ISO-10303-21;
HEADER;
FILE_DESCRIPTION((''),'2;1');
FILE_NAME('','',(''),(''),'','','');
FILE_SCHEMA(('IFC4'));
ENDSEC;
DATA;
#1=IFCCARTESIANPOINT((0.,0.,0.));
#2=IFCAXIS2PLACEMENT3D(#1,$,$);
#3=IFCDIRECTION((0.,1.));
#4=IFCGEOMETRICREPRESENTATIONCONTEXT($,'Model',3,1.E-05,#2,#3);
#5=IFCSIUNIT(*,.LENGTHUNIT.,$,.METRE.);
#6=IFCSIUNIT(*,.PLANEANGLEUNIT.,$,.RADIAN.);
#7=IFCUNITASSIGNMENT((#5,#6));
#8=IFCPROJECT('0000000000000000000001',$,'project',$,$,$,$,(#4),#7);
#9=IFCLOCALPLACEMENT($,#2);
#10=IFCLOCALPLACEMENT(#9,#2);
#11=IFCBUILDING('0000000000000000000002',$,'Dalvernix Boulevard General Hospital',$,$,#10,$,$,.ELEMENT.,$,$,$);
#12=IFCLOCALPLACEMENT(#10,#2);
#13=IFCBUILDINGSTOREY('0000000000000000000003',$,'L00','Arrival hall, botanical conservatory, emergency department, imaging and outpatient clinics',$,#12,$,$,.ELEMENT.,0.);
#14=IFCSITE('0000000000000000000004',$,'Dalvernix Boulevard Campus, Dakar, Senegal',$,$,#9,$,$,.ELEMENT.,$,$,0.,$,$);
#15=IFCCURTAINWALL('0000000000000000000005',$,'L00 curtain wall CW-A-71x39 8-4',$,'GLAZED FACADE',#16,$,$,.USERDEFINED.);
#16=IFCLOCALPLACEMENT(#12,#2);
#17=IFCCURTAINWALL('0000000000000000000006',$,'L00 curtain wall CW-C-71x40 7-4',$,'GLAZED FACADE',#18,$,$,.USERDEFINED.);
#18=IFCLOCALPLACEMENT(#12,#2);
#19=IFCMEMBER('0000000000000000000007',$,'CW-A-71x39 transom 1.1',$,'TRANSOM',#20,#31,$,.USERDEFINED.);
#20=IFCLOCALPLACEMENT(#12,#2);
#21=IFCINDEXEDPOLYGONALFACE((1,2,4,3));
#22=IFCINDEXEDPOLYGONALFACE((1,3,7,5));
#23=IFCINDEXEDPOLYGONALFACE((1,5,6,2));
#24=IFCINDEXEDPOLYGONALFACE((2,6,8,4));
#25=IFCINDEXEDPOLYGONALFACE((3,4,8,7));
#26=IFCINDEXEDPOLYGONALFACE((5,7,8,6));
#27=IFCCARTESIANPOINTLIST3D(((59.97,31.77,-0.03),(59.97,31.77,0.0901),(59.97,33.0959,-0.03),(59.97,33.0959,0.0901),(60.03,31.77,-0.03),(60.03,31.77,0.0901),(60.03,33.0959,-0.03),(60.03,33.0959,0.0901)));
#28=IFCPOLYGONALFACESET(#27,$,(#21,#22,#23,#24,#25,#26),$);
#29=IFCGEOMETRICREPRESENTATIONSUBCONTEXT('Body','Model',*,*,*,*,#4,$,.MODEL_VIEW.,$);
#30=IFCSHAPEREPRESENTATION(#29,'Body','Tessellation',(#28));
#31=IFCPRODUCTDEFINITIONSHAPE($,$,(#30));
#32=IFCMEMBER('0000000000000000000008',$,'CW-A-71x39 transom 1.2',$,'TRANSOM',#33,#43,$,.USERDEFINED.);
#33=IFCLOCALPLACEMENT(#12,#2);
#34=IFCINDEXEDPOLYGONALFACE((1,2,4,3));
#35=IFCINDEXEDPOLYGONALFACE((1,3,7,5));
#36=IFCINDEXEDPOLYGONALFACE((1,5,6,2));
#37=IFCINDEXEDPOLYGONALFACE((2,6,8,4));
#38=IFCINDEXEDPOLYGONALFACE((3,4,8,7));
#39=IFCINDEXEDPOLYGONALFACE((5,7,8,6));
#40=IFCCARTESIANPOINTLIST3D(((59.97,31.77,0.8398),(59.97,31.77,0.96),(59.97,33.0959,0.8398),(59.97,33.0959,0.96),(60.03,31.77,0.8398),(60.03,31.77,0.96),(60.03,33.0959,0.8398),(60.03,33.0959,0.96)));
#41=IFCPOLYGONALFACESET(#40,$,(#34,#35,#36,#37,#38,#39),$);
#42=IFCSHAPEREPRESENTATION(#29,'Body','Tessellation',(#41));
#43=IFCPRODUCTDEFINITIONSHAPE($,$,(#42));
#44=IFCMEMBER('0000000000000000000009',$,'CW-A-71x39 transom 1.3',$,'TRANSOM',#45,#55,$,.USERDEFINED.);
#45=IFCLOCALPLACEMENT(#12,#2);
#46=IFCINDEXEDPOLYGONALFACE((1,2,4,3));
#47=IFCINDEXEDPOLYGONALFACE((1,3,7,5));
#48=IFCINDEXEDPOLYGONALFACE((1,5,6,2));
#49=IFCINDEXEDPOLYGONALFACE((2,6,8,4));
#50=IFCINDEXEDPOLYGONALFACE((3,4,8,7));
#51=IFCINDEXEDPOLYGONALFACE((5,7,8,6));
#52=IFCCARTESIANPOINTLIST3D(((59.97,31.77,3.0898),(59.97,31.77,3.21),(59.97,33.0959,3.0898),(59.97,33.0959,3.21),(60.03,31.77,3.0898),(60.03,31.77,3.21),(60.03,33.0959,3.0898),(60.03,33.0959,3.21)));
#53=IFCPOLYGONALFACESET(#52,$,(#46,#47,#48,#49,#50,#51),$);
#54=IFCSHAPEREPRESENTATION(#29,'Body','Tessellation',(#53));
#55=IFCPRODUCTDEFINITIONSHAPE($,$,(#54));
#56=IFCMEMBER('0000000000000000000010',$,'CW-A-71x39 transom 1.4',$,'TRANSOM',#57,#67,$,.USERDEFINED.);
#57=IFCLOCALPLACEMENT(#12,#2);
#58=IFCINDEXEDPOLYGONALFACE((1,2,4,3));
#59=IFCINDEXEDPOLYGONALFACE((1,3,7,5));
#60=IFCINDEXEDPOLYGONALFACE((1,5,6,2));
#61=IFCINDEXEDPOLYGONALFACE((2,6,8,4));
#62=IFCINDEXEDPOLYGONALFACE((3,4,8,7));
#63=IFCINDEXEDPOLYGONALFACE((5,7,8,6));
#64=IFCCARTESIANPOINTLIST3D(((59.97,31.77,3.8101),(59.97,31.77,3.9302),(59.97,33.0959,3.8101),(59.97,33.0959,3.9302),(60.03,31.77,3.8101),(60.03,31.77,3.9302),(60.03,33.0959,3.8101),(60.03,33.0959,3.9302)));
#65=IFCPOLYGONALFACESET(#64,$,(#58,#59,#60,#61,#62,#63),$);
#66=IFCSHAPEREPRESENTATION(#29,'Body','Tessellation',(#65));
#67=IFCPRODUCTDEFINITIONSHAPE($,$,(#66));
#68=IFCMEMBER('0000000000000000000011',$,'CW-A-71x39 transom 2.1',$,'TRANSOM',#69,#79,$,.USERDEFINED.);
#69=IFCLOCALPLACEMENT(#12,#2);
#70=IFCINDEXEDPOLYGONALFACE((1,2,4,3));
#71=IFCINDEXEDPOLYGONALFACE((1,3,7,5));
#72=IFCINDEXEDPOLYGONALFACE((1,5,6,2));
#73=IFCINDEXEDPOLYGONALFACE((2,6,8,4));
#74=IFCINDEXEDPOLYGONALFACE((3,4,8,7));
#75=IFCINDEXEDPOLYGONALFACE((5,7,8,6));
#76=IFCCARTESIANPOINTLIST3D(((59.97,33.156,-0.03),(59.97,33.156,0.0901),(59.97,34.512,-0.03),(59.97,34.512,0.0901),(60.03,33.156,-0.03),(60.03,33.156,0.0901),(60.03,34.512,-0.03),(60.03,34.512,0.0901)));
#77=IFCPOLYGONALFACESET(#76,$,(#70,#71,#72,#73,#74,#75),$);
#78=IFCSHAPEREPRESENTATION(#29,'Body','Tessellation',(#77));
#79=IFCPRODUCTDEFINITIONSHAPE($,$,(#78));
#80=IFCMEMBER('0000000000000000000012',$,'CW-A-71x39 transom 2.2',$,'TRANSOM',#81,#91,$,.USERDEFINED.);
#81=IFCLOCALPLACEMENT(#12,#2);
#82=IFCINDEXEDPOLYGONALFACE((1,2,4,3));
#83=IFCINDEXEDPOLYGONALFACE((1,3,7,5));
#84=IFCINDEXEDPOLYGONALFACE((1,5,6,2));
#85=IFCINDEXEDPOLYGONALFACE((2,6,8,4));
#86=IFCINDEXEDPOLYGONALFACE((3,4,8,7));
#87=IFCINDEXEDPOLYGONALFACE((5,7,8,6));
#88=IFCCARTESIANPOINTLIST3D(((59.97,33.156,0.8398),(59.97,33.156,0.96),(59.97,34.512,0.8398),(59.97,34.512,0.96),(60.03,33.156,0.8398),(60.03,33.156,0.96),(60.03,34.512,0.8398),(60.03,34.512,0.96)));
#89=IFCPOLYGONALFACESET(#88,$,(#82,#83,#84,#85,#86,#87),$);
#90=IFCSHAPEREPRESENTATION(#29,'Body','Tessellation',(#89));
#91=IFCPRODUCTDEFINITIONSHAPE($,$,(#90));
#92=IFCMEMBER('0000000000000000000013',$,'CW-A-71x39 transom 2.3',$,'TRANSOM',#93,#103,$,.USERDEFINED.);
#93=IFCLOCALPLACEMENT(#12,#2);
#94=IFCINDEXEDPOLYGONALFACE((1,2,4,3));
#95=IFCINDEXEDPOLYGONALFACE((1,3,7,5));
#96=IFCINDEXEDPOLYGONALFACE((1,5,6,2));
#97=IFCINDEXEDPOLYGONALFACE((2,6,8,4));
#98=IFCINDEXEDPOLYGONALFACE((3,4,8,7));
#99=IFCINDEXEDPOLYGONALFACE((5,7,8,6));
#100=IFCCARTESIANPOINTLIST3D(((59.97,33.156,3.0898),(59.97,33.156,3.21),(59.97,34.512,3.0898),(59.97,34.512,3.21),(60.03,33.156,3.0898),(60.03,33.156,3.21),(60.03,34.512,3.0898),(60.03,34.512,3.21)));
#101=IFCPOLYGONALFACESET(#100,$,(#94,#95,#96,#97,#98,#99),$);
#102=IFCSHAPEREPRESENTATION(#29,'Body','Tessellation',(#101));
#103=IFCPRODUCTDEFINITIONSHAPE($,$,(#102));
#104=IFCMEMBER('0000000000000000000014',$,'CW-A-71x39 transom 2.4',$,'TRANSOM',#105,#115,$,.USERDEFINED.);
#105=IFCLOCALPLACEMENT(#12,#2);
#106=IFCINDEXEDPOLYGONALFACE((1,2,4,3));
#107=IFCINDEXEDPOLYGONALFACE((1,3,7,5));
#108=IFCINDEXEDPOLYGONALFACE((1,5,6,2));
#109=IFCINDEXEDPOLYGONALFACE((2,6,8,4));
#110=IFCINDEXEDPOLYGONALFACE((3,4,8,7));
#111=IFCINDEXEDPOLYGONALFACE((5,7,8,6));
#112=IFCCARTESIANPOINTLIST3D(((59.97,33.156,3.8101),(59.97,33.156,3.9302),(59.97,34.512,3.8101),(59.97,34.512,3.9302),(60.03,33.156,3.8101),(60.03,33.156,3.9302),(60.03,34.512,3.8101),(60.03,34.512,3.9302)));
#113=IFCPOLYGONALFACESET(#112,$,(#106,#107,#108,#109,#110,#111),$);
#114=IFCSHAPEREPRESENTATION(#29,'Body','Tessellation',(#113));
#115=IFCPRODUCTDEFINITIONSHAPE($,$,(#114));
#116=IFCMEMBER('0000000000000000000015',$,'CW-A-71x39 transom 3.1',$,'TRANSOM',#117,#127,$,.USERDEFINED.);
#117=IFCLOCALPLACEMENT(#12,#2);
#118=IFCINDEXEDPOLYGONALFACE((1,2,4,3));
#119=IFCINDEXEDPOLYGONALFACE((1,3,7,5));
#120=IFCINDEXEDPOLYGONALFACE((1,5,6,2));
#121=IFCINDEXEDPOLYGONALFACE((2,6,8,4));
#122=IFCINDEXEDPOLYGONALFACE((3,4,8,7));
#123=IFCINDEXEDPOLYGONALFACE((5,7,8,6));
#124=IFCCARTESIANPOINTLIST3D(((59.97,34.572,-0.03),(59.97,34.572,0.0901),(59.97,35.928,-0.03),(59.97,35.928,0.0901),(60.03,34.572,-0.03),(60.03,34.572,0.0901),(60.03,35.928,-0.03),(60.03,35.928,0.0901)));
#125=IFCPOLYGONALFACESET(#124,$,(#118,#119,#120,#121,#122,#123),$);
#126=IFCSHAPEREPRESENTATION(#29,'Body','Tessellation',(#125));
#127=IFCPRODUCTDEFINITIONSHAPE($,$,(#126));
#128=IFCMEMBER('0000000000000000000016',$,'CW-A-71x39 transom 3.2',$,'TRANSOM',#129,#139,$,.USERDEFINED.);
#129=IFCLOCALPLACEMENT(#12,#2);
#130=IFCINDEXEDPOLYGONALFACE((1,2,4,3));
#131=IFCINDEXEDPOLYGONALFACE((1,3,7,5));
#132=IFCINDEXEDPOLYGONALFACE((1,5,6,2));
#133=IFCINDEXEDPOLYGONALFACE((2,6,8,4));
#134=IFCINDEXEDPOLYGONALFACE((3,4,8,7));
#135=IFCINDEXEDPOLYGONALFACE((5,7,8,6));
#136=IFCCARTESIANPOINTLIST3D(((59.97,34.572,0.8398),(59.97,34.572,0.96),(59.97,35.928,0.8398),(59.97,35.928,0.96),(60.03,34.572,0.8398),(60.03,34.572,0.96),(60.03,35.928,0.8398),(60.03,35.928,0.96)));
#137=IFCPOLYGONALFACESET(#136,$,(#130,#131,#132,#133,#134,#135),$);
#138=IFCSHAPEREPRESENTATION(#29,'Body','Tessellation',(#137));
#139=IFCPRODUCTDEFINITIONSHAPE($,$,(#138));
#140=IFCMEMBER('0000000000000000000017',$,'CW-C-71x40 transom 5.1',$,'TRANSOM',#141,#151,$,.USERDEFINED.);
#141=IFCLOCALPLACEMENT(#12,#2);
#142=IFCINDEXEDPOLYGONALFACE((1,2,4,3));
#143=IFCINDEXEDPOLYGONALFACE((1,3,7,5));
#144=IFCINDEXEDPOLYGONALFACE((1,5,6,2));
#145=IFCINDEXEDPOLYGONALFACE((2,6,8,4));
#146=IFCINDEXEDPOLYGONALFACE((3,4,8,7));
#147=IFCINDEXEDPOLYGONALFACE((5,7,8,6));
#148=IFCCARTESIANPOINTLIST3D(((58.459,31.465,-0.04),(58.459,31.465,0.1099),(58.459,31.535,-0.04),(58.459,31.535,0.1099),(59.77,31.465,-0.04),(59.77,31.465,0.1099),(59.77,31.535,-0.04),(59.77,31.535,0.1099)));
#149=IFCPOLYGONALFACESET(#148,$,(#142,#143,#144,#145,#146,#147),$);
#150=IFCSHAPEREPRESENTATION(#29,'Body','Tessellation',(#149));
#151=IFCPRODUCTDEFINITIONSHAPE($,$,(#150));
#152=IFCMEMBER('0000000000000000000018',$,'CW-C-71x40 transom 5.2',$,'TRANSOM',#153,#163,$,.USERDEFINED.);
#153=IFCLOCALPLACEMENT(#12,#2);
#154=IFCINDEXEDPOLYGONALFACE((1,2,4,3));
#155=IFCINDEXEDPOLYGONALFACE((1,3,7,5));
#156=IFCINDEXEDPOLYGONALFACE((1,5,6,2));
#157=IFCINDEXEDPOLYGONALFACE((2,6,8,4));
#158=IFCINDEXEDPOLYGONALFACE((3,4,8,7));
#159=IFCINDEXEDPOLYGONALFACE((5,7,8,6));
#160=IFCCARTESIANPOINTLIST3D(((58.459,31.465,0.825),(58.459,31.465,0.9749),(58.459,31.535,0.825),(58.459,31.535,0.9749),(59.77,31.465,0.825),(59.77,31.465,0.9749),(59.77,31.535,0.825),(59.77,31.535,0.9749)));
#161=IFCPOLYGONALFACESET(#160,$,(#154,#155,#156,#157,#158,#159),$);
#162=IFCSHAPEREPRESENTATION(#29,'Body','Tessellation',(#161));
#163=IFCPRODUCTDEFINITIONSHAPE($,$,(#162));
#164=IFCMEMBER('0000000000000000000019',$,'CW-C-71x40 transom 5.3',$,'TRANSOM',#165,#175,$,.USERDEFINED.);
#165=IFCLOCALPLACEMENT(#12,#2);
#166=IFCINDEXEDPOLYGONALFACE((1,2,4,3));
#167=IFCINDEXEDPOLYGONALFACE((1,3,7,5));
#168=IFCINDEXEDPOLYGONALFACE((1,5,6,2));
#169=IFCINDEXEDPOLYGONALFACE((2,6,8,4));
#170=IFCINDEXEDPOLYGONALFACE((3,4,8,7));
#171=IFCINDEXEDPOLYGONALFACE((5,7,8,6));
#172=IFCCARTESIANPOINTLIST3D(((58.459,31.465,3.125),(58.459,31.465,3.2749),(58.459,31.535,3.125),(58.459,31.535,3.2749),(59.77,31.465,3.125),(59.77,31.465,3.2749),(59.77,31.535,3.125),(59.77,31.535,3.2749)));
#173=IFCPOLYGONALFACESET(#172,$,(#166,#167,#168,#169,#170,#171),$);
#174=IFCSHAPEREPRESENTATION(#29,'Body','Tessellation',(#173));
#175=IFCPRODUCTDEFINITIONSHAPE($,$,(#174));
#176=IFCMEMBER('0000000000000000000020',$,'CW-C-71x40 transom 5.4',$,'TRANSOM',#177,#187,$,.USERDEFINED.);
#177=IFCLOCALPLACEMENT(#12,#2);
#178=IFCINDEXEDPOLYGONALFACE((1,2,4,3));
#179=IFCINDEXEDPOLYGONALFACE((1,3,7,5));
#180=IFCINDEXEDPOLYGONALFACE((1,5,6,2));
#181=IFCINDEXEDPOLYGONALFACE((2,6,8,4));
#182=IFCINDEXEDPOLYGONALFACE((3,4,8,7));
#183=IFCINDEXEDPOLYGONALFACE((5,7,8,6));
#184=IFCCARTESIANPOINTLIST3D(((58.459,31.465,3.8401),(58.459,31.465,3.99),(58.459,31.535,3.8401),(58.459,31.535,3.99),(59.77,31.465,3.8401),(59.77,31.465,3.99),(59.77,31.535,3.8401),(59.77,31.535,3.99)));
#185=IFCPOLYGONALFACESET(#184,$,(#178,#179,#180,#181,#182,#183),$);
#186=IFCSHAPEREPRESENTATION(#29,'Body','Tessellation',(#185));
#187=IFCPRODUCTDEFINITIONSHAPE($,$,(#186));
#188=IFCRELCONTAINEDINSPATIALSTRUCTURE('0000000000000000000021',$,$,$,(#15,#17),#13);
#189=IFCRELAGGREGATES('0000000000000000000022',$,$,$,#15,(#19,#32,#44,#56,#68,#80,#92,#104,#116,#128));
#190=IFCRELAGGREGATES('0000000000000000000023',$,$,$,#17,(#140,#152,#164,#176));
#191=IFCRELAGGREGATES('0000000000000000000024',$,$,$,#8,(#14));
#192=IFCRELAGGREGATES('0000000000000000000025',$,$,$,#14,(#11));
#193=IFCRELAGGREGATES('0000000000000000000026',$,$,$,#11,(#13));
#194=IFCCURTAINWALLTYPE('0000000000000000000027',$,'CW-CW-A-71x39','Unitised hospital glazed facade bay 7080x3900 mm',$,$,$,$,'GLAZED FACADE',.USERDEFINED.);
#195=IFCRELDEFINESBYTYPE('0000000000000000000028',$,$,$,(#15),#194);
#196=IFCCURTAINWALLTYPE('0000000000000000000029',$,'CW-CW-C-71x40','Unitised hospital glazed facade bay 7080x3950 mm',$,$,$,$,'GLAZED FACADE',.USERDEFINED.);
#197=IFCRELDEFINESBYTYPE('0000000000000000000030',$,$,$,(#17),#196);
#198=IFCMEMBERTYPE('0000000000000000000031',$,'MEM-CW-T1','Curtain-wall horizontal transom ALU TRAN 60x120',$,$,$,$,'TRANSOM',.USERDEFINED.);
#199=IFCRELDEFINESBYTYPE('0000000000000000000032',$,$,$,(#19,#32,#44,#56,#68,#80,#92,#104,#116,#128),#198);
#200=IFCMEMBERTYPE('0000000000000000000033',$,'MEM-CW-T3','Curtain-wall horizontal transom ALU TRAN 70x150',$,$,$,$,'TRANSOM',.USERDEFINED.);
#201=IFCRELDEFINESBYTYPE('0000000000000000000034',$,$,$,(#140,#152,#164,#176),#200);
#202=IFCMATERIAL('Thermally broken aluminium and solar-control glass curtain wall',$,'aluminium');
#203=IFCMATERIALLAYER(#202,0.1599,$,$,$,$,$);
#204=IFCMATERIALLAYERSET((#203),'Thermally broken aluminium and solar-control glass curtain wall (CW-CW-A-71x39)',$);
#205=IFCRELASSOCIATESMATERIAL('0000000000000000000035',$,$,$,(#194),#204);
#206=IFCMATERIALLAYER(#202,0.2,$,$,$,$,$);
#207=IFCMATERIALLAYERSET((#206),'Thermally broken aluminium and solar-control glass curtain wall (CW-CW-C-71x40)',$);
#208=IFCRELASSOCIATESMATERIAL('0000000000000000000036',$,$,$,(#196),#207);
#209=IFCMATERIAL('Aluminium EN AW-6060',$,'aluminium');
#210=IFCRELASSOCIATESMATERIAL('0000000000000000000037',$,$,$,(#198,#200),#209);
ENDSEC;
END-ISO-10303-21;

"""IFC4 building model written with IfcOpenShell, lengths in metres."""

from ifc_helpers import new_model, si_unit, direction, frame, origin, origin_2d, place, context, subcontext, project, spatial, rectangle, extrude, material, layer, layer_set, material_profile, profile_set, type_object, element, aggregate, save


model = new_model("IFC4")

# Units and contexts
model_context = context("Model", 3, precision=1e-05, world=origin(), true_north=direction((0.0, 1.0)))
body_context = subcontext(model_context, "Body", "Model", "MODEL_VIEW")
ifc_project = project(units=[si_unit("LENGTHUNIT", "METRE"), si_unit("PLANEANGLEUNIT", "RADIAN")], contexts=[model_context])

# Site, building, storey
site_placement = place(None, origin())
site = spatial("IfcSite", under=ifc_project, at=site_placement, Name="Dalvernix Boulevard Campus, Dakar, Senegal", CompositionType="ELEMENT", RefElevation=0.0)
building_placement = place(site_placement, origin())
building = spatial("IfcBuilding", under=site, at=building_placement, Name="Dalvernix Boulevard General Hospital", CompositionType="ELEMENT")
storey_placement = place(building_placement, origin())
storey = spatial("IfcBuildingStorey", under=building, at=storey_placement, Name="L00", Description="Arrival hall, botanical conservatory, emergency department, imaging and outpatient clinics", CompositionType="ELEMENT", Elevation=0.0)

# Curtain wall
ifc_material_1 = material(Name="Thermally broken aluminium and solar-control glass curtain wall", Category="aluminium")
ifc_layer_1 = layer(ifc_material_1, 0.1599)
ifc_layer_set_1 = layer_set([ifc_layer_1], Name="Thermally broken aluminium and solar-control glass curtain wall (CW-CW-A-71x39)")
curtain_wall_type_1 = type_object("IfcCurtainWallType", Name="CW-CW-A-71x39", Description="Unitised hospital glazed facade bay 7080x3900 mm", ElementType="GLAZED FACADE", PredefinedType="USERDEFINED", material=ifc_layer_set_1)
curtain_wall_1_placement = place(storey_placement, origin())
curtain_wall_1 = element("IfcCurtainWall", 1, at=curtain_wall_1_placement, inside=storey, type_object=curtain_wall_type_1, Name="L00 curtain wall CW-A-71x39 8-4", ObjectType="GLAZED FACADE", PredefinedType="USERDEFINED")
ifc_material_2 = material(Name="Aluminium EN AW-6060", Category="aluminium")

# Curtain wall
ifc_layer_2 = layer(ifc_material_1, 0.2)
ifc_layer_set_2 = layer_set([ifc_layer_2], Name="Thermally broken aluminium and solar-control glass curtain wall (CW-CW-C-71x40)")
curtain_wall_type_2 = type_object("IfcCurtainWallType", Name="CW-CW-C-71x40", Description="Unitised hospital glazed facade bay 7080x3950 mm", ElementType="GLAZED FACADE", PredefinedType="USERDEFINED", material=ifc_layer_set_2)
curtain_wall_2_placement = place(storey_placement, origin())
curtain_wall_2 = element("IfcCurtainWall", 2, at=curtain_wall_2_placement, inside=storey, type_object=curtain_wall_type_2, Name="L00 curtain wall CW-C-71x40 7-4", ObjectType="GLAZED FACADE", PredefinedType="USERDEFINED")

# Members
ifc_material_profile_1 = material_profile(ifc_material_2, rectangle(XDim=0.0601, YDim=0.1201, at=origin_2d()), Name="ALU TRAN 60x120")
ifc_profile_set_1 = profile_set([ifc_material_profile_1], Name="Aluminium EN AW-6060")
member_type_1 = type_object("IfcMemberType", Name="MEM-CW-T1", Description="Curtain-wall horizontal transom ALU TRAN 60x120", ElementType="TRANSOM", PredefinedType="USERDEFINED", material=ifc_profile_set_1)
member_1_placement = place(storey_placement, frame((60.0, 31.77, 0.03), z_axis=(0.0, 1.0, 0.0), x_axis=(-1.0, 0.0, 0.0)))
member_1 = element("IfcMember", 3, at=member_1_placement, type_object=member_type_1, Name="CW-A-71x39 transom 1.1", ObjectType="TRANSOM", PredefinedType="USERDEFINED", context=body_context, shape_type="SweptSolid", body=[
    extrude(rectangle(XDim=0.0601, YDim=0.1201, at=origin_2d()), origin(), (0.0, 0.0, 1.0), 1.3259),
])
member_2_placement = place(storey_placement, frame((60.0, 31.77, 0.8999), z_axis=(0.0, 1.0, 0.0), x_axis=(-1.0, 0.0, 0.0)))
member_2 = element("IfcMember", 4, at=member_2_placement, type_object=member_type_1, Name="CW-A-71x39 transom 1.2", ObjectType="TRANSOM", PredefinedType="USERDEFINED", context=body_context, shape_type="SweptSolid", body=[
    extrude(rectangle(XDim=0.0601, YDim=0.1201, at=origin_2d()), origin(), (0.0, 0.0, 1.0), 1.3259),
])
member_3_placement = place(storey_placement, frame((60.0, 31.77, 3.1499), z_axis=(0.0, 1.0, 0.0), x_axis=(-1.0, 0.0, 0.0)))
member_3 = element("IfcMember", 5, at=member_3_placement, type_object=member_type_1, Name="CW-A-71x39 transom 1.3", ObjectType="TRANSOM", PredefinedType="USERDEFINED", context=body_context, shape_type="SweptSolid", body=[
    extrude(rectangle(XDim=0.0601, YDim=0.1201, at=origin_2d()), origin(), (0.0, 0.0, 1.0), 1.3259),
])
member_4_placement = place(storey_placement, frame((60.0, 31.77, 3.8701), z_axis=(0.0, 1.0, 0.0), x_axis=(-1.0, 0.0, 0.0)))
member_4 = element("IfcMember", 6, at=member_4_placement, type_object=member_type_1, Name="CW-A-71x39 transom 1.4", ObjectType="TRANSOM", PredefinedType="USERDEFINED", context=body_context, shape_type="SweptSolid", body=[
    extrude(rectangle(XDim=0.0601, YDim=0.1201, at=origin_2d()), origin(), (0.0, 0.0, 1.0), 1.3259),
])
member_5_placement = place(storey_placement, frame((60.0, 33.156, 0.03), z_axis=(0.0, 1.0, 0.0), x_axis=(-1.0, 0.0, 0.0)))
member_5 = element("IfcMember", 7, at=member_5_placement, type_object=member_type_1, Name="CW-A-71x39 transom 2.1", ObjectType="TRANSOM", PredefinedType="USERDEFINED", context=body_context, shape_type="SweptSolid", body=[
    extrude(rectangle(XDim=0.0601, YDim=0.1201, at=origin_2d()), origin(), (0.0, 0.0, 1.0), 1.356),
])
member_6_placement = place(storey_placement, frame((60.0, 33.156, 0.8999), z_axis=(0.0, 1.0, 0.0), x_axis=(-1.0, 0.0, 0.0)))
member_6 = element("IfcMember", 8, at=member_6_placement, type_object=member_type_1, Name="CW-A-71x39 transom 2.2", ObjectType="TRANSOM", PredefinedType="USERDEFINED", context=body_context, shape_type="SweptSolid", body=[
    extrude(rectangle(XDim=0.0601, YDim=0.1201, at=origin_2d()), origin(), (0.0, 0.0, 1.0), 1.356),
])
member_7_placement = place(storey_placement, frame((60.0, 33.156, 3.1499), z_axis=(0.0, 1.0, 0.0), x_axis=(-1.0, 0.0, 0.0)))
member_7 = element("IfcMember", 9, at=member_7_placement, type_object=member_type_1, Name="CW-A-71x39 transom 2.3", ObjectType="TRANSOM", PredefinedType="USERDEFINED", context=body_context, shape_type="SweptSolid", body=[
    extrude(rectangle(XDim=0.0601, YDim=0.1201, at=origin_2d()), origin(), (0.0, 0.0, 1.0), 1.356),
])
member_8_placement = place(storey_placement, frame((60.0, 33.156, 3.8701), z_axis=(0.0, 1.0, 0.0), x_axis=(-1.0, 0.0, 0.0)))
member_8 = element("IfcMember", 10, at=member_8_placement, type_object=member_type_1, Name="CW-A-71x39 transom 2.4", ObjectType="TRANSOM", PredefinedType="USERDEFINED", context=body_context, shape_type="SweptSolid", body=[
    extrude(rectangle(XDim=0.0601, YDim=0.1201, at=origin_2d()), origin(), (0.0, 0.0, 1.0), 1.356),
])
member_9_placement = place(storey_placement, frame((60.0, 34.572, 0.03), z_axis=(0.0, 1.0, 0.0), x_axis=(-1.0, 0.0, 0.0)))
member_9 = element("IfcMember", 11, at=member_9_placement, type_object=member_type_1, Name="CW-A-71x39 transom 3.1", ObjectType="TRANSOM", PredefinedType="USERDEFINED", context=body_context, shape_type="SweptSolid", body=[
    extrude(rectangle(XDim=0.0601, YDim=0.1201, at=origin_2d()), origin(), (0.0, 0.0, 1.0), 1.356),
])
member_10_placement = place(storey_placement, frame((60.0, 34.572, 0.8999), z_axis=(0.0, 1.0, 0.0), x_axis=(-1.0, 0.0, 0.0)))
member_10 = element("IfcMember", 12, at=member_10_placement, type_object=member_type_1, Name="CW-A-71x39 transom 3.2", ObjectType="TRANSOM", PredefinedType="USERDEFINED", context=body_context, shape_type="SweptSolid", body=[
    extrude(rectangle(XDim=0.0601, YDim=0.1201, at=origin_2d()), origin(), (0.0, 0.0, 1.0), 1.356),
])
ifc_material_profile_2 = material_profile(ifc_material_2, rectangle(XDim=0.0701, YDim=0.1499, at=origin_2d()), Name="ALU TRAN 70x150")
ifc_profile_set_2 = profile_set([ifc_material_profile_2], Name="Aluminium EN AW-6060")
member_type_2 = type_object("IfcMemberType", Name="MEM-CW-T3", Description="Curtain-wall horizontal transom ALU TRAN 70x150", ElementType="TRANSOM", PredefinedType="USERDEFINED", material=ifc_profile_set_2)
member_11_placement = place(storey_placement, frame((58.459, 31.5, 0.0349), z_axis=(1.0, 0.0, 0.0), x_axis=(0.0, 1.0, 0.0)))
member_11 = element("IfcMember", 13, at=member_11_placement, type_object=member_type_2, Name="CW-C-71x40 transom 5.1", ObjectType="TRANSOM", PredefinedType="USERDEFINED", context=body_context, shape_type="SweptSolid", body=[
    extrude(rectangle(XDim=0.0701, YDim=0.1499, at=origin_2d()), origin(), (0.0, 0.0, 1.0), 1.311),
])
member_12_placement = place(storey_placement, frame((58.459, 31.5, 0.8999), z_axis=(1.0, 0.0, 0.0), x_axis=(0.0, 1.0, 0.0)))
member_12 = element("IfcMember", 14, at=member_12_placement, type_object=member_type_2, Name="CW-C-71x40 transom 5.2", ObjectType="TRANSOM", PredefinedType="USERDEFINED", context=body_context, shape_type="SweptSolid", body=[
    extrude(rectangle(XDim=0.0701, YDim=0.1499, at=origin_2d()), origin(), (0.0, 0.0, 1.0), 1.311),
])
member_13_placement = place(storey_placement, frame((58.459, 31.5, 3.2), z_axis=(1.0, 0.0, 0.0), x_axis=(0.0, 1.0, 0.0)))
member_13 = element("IfcMember", 15, at=member_13_placement, type_object=member_type_2, Name="CW-C-71x40 transom 5.3", ObjectType="TRANSOM", PredefinedType="USERDEFINED", context=body_context, shape_type="SweptSolid", body=[
    extrude(rectangle(XDim=0.0701, YDim=0.1499, at=origin_2d()), origin(), (0.0, 0.0, 1.0), 1.311),
])
member_14_placement = place(storey_placement, frame((58.459, 31.5, 3.915), z_axis=(1.0, 0.0, 0.0), x_axis=(0.0, 1.0, 0.0)))
member_14 = element("IfcMember", 16, at=member_14_placement, type_object=member_type_2, Name="CW-C-71x40 transom 5.4", ObjectType="TRANSOM", PredefinedType="USERDEFINED", context=body_context, shape_type="SweptSolid", body=[
    extrude(rectangle(XDim=0.0701, YDim=0.1499, at=origin_2d()), origin(), (0.0, 0.0, 1.0), 1.311),
])

aggregate(curtain_wall_1, [member_1, member_2, member_3, member_4, member_5, member_6, member_7, member_8, member_9, member_10])
aggregate(curtain_wall_2, [member_11, member_12, member_13, member_14])

save(model, "model.ifc")
